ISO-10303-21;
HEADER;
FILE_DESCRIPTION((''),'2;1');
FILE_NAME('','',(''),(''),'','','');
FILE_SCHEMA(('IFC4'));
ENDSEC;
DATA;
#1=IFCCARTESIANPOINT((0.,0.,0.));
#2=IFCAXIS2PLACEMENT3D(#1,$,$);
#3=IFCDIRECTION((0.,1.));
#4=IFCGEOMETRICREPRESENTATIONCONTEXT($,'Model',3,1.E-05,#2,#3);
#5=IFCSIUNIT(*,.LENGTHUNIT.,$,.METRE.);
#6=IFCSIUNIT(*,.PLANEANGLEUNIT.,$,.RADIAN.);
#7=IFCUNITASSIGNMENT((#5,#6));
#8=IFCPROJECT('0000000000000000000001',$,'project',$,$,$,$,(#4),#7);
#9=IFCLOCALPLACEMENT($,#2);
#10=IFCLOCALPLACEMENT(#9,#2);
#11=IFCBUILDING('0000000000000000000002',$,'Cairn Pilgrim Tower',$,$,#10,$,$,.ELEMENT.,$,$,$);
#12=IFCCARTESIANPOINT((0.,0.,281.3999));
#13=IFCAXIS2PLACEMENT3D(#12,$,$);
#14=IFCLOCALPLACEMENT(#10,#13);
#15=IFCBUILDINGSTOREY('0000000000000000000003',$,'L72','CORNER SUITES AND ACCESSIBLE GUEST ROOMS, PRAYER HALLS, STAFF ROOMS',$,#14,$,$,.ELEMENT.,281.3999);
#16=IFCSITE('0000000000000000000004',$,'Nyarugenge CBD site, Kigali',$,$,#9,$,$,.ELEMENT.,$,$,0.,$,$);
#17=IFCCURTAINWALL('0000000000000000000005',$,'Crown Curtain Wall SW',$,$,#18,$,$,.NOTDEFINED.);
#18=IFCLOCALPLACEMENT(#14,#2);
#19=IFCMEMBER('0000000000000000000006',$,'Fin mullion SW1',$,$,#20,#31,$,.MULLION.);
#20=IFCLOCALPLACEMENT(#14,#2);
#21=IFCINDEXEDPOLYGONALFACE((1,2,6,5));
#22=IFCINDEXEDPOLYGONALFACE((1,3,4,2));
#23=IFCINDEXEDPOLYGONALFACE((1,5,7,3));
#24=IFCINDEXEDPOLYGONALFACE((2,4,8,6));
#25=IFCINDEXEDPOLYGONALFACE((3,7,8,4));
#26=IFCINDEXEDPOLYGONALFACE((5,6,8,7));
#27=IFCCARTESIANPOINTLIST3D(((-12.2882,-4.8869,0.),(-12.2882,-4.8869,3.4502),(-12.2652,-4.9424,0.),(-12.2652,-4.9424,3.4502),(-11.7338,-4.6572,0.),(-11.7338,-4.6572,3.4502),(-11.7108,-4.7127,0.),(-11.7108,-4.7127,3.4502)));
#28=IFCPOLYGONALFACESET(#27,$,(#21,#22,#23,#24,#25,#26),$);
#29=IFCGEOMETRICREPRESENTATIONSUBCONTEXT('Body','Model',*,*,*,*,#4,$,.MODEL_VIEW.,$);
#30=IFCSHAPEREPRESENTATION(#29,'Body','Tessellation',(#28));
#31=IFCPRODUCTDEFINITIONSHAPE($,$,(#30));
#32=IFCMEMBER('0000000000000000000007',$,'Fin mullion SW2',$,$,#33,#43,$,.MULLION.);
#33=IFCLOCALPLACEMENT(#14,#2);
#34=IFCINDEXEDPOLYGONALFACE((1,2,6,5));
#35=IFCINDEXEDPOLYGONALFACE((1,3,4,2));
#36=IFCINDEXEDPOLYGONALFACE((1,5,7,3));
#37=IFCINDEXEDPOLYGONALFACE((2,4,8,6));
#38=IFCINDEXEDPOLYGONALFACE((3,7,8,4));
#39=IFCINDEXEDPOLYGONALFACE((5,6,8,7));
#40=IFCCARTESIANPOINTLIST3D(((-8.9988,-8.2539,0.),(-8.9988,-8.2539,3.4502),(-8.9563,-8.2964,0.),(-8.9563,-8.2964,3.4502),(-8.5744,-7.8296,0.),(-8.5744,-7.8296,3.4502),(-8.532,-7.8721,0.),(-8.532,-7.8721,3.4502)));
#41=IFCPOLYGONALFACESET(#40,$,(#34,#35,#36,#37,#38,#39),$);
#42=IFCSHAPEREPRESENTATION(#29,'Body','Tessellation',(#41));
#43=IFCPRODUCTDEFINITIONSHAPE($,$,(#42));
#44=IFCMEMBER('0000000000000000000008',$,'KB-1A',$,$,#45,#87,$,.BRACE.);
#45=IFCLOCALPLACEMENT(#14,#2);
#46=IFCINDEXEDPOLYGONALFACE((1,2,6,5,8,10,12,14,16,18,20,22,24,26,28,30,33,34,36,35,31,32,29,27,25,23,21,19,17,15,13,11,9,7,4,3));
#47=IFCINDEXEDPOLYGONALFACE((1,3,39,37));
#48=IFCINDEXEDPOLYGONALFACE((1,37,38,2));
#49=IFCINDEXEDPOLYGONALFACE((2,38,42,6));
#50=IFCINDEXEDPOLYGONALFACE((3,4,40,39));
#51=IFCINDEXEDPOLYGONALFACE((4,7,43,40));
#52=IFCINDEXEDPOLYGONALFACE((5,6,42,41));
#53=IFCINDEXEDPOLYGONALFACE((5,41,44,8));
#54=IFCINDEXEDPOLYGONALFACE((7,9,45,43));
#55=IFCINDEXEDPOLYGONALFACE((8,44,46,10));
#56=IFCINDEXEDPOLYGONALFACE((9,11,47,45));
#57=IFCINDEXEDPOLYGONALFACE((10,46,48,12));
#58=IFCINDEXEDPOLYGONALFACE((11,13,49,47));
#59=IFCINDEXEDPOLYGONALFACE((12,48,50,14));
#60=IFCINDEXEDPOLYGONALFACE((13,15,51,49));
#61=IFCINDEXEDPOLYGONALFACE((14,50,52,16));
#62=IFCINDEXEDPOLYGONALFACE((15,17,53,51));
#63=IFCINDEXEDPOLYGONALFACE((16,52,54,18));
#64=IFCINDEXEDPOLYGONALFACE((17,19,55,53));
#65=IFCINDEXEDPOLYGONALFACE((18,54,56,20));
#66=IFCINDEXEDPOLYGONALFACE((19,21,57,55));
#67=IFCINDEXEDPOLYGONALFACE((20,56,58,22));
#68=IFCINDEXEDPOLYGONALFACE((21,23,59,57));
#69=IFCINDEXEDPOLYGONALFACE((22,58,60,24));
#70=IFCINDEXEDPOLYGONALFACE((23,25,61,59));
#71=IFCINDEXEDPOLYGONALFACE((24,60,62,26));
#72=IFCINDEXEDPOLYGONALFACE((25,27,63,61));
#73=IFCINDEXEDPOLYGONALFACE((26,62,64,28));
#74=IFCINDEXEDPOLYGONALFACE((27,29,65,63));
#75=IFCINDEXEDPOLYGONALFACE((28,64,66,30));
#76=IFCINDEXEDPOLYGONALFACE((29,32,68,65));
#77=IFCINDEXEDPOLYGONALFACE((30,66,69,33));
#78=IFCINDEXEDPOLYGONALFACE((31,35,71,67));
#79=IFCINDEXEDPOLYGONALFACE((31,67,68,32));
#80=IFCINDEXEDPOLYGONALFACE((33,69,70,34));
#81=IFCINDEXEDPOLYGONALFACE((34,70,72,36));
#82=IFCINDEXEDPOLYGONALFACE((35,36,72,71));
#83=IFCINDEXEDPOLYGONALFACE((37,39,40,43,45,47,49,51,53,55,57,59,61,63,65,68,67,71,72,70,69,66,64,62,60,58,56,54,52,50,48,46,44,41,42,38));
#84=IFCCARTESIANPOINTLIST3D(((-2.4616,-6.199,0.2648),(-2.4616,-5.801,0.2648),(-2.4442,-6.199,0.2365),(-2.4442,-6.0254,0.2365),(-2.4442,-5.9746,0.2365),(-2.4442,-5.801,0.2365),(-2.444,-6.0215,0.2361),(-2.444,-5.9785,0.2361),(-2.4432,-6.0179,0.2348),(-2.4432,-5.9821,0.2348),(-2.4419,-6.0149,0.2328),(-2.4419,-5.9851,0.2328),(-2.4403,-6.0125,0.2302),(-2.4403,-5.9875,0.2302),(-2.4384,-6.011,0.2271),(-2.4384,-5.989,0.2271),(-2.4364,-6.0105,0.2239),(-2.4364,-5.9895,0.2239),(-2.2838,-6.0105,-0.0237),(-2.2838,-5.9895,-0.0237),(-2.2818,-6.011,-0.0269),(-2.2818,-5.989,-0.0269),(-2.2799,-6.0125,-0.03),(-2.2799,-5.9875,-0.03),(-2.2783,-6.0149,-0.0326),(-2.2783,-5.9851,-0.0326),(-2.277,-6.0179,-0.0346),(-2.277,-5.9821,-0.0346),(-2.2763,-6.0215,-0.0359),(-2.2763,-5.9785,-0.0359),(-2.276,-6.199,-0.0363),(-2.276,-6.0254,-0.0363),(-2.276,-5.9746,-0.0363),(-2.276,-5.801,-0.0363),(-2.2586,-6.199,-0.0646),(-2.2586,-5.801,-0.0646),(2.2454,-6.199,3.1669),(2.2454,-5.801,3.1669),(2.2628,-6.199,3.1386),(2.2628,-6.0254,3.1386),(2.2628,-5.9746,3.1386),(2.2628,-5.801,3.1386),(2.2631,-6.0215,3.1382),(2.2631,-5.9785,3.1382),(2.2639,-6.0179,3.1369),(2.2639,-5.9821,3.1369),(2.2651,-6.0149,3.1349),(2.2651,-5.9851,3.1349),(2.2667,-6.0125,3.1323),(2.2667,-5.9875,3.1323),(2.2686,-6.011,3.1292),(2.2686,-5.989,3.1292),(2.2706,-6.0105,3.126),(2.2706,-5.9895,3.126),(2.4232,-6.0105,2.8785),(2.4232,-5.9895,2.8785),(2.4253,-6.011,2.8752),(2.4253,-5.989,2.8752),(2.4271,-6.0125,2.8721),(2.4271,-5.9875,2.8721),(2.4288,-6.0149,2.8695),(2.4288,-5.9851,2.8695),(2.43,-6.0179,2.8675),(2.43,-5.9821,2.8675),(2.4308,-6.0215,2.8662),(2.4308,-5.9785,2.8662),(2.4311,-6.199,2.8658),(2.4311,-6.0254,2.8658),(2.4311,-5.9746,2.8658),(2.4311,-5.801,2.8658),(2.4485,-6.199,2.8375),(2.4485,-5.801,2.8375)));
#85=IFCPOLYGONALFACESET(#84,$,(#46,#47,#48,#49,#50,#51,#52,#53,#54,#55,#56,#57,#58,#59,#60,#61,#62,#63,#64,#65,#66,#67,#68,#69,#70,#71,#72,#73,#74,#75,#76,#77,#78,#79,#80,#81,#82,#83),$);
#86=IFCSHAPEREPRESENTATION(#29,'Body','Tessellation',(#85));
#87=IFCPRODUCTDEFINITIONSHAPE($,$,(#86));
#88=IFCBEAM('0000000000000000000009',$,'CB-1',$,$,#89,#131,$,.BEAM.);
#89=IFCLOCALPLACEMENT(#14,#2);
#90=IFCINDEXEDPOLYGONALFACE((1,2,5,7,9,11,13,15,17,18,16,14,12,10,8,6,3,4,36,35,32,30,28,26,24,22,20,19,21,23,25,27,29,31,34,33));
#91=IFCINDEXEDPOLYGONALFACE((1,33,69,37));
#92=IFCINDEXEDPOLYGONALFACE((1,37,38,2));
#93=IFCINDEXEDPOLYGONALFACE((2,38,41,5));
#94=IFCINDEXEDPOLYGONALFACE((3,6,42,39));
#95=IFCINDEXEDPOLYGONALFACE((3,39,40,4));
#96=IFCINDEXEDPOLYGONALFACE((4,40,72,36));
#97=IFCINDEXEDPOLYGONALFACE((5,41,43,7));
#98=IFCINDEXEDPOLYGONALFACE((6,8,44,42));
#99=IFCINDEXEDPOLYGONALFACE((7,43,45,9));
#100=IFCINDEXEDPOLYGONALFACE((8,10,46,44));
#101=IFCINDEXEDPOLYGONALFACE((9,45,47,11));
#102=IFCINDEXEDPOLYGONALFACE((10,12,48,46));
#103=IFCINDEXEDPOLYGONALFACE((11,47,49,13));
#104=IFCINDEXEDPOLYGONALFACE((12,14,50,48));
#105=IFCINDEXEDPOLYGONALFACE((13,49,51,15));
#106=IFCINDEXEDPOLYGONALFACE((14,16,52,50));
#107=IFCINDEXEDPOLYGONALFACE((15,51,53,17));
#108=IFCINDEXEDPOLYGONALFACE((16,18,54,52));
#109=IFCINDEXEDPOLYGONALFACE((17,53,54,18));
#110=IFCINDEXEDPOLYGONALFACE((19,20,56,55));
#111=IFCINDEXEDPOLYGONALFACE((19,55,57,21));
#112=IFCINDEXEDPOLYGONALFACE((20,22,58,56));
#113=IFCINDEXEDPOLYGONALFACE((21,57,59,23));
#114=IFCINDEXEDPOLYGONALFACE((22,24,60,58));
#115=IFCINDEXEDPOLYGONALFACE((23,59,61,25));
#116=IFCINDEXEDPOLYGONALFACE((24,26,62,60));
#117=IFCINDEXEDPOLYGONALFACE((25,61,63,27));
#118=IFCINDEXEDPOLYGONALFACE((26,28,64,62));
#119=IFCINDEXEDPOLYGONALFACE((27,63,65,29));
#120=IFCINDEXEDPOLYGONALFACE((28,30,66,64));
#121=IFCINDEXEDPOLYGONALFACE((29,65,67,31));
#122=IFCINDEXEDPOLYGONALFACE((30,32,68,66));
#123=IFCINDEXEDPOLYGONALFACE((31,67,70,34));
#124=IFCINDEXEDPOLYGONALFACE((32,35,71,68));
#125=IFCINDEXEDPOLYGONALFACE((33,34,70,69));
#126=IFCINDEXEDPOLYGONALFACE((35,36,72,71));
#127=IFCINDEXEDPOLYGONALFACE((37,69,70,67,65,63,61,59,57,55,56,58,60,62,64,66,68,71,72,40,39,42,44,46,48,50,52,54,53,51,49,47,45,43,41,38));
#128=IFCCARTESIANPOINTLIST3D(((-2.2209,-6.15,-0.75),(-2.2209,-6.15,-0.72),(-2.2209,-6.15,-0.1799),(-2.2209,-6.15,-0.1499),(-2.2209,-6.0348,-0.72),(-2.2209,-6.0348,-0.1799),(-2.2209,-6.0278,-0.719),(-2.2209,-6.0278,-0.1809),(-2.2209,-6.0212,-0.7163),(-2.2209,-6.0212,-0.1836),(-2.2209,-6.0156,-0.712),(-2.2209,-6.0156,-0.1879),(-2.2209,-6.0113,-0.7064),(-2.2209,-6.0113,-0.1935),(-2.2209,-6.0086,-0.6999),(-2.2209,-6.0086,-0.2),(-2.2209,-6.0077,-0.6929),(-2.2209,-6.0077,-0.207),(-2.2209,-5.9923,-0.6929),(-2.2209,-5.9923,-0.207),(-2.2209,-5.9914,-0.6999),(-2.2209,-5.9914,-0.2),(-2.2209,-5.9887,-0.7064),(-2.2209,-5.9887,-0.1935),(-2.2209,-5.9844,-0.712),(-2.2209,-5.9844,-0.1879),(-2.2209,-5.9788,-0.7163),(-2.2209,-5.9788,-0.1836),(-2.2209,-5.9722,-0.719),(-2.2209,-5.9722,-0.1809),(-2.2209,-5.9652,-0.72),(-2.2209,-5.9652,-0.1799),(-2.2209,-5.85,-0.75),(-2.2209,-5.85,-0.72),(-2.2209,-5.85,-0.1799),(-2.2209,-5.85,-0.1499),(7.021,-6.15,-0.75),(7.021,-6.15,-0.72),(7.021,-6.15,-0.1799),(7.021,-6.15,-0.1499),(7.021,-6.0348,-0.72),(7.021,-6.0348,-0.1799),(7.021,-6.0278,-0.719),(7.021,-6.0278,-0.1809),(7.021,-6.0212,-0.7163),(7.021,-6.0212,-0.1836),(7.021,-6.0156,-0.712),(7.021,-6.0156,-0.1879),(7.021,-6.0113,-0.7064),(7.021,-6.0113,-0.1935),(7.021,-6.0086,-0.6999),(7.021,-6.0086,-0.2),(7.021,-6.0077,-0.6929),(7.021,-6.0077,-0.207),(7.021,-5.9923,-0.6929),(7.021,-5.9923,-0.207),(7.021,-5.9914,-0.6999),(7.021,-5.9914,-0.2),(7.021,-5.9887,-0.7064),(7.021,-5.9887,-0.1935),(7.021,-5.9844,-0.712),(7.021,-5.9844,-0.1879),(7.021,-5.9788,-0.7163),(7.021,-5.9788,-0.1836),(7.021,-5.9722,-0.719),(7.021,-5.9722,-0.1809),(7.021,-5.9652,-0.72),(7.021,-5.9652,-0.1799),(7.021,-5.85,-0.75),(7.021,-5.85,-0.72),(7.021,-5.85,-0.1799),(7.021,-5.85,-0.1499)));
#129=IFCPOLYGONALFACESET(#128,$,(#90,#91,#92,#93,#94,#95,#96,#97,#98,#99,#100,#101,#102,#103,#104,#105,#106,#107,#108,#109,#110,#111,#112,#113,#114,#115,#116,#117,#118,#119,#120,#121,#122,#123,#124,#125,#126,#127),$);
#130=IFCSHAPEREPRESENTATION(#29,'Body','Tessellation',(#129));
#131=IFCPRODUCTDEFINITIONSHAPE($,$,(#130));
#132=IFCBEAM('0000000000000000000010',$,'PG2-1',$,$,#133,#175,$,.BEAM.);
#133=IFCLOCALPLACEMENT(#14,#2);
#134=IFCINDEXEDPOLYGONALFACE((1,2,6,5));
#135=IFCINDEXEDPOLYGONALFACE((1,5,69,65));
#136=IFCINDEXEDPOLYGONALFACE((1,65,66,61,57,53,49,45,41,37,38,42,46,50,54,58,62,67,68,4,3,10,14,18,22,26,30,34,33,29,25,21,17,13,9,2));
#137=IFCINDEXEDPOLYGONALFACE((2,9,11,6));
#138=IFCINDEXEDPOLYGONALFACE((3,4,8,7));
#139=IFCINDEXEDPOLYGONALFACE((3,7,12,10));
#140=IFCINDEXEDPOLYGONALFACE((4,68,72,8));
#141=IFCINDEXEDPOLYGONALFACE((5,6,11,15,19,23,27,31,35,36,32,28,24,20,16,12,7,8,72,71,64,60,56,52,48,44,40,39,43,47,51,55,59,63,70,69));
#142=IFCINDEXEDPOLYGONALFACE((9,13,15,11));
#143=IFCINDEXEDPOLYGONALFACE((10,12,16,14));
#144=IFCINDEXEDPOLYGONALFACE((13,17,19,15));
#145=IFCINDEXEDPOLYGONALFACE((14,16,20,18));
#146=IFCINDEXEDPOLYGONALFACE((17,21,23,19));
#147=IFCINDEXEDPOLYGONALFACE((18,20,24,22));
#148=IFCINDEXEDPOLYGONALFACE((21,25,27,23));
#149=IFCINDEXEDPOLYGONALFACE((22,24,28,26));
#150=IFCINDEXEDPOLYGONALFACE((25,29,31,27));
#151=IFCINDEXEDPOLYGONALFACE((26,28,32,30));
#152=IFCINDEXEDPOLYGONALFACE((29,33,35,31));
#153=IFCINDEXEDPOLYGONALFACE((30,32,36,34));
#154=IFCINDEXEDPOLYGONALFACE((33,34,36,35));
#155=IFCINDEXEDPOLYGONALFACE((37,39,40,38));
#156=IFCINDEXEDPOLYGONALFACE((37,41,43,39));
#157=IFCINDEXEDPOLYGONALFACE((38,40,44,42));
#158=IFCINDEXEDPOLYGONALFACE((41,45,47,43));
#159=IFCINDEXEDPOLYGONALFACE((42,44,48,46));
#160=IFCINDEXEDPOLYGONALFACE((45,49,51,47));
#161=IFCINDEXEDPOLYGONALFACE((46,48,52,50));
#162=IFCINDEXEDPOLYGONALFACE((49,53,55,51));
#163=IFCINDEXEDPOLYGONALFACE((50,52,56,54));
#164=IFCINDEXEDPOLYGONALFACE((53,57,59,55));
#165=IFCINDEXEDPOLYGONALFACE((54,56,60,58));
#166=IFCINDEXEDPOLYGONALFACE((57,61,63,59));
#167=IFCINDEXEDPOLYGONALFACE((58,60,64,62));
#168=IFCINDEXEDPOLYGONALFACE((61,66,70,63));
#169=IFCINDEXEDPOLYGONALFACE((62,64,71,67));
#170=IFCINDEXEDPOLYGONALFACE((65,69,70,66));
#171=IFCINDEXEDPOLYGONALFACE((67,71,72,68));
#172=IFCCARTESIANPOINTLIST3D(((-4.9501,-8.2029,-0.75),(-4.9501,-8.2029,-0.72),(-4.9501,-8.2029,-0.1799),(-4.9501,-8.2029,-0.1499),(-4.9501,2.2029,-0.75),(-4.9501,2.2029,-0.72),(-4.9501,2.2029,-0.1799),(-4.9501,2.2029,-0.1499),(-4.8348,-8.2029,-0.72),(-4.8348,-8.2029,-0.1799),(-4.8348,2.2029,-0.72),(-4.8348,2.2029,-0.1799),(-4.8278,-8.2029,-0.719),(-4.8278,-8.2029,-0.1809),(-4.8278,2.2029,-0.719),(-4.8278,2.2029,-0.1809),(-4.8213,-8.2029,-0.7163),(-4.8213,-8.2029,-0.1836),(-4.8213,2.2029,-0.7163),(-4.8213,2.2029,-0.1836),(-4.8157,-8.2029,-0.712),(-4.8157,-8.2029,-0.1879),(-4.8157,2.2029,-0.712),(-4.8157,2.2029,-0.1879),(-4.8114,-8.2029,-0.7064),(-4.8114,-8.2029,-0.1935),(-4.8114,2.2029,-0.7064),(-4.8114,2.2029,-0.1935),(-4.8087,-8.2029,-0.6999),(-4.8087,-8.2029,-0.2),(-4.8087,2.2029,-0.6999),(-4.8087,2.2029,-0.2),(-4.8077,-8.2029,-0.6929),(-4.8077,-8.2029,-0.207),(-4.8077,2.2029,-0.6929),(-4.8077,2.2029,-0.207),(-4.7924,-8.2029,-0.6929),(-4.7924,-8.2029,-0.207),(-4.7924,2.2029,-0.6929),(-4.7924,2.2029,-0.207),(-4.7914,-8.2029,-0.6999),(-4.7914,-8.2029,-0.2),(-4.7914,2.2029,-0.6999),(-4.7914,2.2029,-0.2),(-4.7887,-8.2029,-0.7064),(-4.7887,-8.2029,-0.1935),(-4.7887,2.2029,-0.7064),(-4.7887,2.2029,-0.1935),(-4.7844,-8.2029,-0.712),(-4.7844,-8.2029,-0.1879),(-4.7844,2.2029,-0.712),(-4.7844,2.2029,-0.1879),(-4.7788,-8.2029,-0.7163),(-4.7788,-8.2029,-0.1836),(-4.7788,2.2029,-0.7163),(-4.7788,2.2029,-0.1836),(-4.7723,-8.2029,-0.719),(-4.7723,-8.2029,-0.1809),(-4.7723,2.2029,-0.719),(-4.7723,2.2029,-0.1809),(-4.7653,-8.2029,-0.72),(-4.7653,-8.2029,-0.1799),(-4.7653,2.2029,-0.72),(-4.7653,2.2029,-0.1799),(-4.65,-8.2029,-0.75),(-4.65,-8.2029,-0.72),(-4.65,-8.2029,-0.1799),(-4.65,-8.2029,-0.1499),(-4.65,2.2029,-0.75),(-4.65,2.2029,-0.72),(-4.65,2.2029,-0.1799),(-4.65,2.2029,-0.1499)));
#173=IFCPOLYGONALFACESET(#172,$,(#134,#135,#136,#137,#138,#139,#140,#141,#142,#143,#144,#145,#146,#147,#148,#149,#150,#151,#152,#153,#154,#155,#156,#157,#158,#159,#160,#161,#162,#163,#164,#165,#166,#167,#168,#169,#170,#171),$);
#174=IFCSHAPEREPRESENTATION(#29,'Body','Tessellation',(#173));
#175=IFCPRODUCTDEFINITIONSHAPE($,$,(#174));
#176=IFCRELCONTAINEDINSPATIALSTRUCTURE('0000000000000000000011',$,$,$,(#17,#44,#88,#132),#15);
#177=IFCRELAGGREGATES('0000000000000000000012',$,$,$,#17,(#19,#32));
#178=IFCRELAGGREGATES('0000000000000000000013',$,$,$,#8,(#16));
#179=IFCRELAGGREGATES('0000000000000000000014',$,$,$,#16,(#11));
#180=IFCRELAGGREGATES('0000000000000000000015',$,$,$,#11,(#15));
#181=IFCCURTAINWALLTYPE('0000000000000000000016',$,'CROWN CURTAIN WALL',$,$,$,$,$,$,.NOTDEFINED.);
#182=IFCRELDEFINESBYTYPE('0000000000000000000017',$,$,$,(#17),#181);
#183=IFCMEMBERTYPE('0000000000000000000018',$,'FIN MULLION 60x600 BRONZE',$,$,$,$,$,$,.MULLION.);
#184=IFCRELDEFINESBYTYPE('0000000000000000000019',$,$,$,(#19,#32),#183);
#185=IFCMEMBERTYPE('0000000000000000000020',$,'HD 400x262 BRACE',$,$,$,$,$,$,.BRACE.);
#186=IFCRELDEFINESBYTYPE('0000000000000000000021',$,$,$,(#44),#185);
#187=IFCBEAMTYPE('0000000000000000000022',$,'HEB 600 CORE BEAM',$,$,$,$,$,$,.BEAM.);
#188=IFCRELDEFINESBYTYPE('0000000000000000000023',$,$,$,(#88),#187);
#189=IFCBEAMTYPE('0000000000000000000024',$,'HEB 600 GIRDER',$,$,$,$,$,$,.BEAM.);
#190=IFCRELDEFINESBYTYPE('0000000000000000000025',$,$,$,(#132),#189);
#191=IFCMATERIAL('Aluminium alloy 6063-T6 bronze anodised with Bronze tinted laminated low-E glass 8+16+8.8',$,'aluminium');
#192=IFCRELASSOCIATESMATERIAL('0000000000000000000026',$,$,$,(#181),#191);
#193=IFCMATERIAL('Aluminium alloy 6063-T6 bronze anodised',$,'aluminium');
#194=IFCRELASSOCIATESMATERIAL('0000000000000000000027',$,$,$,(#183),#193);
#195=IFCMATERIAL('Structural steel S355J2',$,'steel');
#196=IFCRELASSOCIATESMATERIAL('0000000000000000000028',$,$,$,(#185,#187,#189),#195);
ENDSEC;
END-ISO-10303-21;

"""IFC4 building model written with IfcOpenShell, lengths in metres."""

from ifc_helpers import new_model, si_unit, direction, frame, origin, origin_2d, place, context, subcontext, project, spatial, rectangle, i_section, extrude, material, material_profile, profile_set, type_object, element, aggregate, save


model = new_model("IFC4")

# Units and contexts
model_context = context("Model", 3, precision=1e-05, world=origin(), true_north=direction((0.0, 1.0)))
body_context = subcontext(model_context, "Body", "Model", "MODEL_VIEW")
ifc_project = project(units=[si_unit("LENGTHUNIT", "METRE"), si_unit("PLANEANGLEUNIT", "RADIAN")], contexts=[model_context])

# Site, building, storey
site_placement = place(None, origin())
site = spatial("IfcSite", under=ifc_project, at=site_placement, Name="Nyarugenge CBD site, Kigali", CompositionType="ELEMENT", RefElevation=0.0)
building_placement = place(site_placement, origin())
building = spatial("IfcBuilding", under=site, at=building_placement, Name="Cairn Pilgrim Tower", CompositionType="ELEMENT")
storey_placement = place(building_placement, frame((0.0, 0.0, 281.3999)))
storey = spatial("IfcBuildingStorey", under=building, at=storey_placement, Name="L72", Description="CORNER SUITES AND ACCESSIBLE GUEST ROOMS, PRAYER HALLS, STAFF ROOMS", CompositionType="ELEMENT", Elevation=281.3999)

# Shared definitions
ifc_material_1 = material(Name="Structural steel S355J2", Category="steel")

# Shared definitions
ifc_material_2 = material(Name="Aluminium alloy 6063-T6 bronze anodised with Bronze tinted laminated low-E glass 8+16+8.8", Category="aluminium")
curtain_wall_type = type_object("IfcCurtainWallType", Name="CROWN CURTAIN WALL", PredefinedType="NOTDEFINED", material=ifc_material_2)
ifc_material_3 = material(Name="Aluminium alloy 6063-T6 bronze anodised", Category="aluminium")
ifc_material_profile_1 = material_profile(ifc_material_3, rectangle(XDim=0.6001, YDim=0.0601, at=origin_2d()), Name="FIN MULLION 60x600 BRONZE")
ifc_profile_set_1 = profile_set([ifc_material_profile_1], Name="Aluminium alloy 6063-T6 bronze anodised")
member_type_1 = type_object("IfcMemberType", Name="FIN MULLION 60x600 BRONZE", PredefinedType="MULLION", material=ifc_profile_set_1)

# Curtain wall, members
curtain_wall_1_placement = place(storey_placement, origin())
curtain_wall_1 = element("IfcCurtainWall", 1, at=curtain_wall_1_placement, inside=storey, type_object=curtain_wall_type, Name="Crown Curtain Wall SW", PredefinedType="NOTDEFINED")
member_1_placement = place(storey_placement, frame((-11.9995, -4.7998, 0.0), z_axis=(0.0, 0.0, 1.0), x_axis=(-0.92388, -0.382683, 0.0)))
member_1 = element("IfcMember", 2, at=member_1_placement, type_object=member_type_1, Name="Fin mullion SW1", PredefinedType="MULLION", context=body_context, shape_type="SweptSolid", body=[
    extrude(rectangle(XDim=0.6001, YDim=0.0601, at=origin_2d()), origin(), (0.0, 0.0, 1.0), 3.4502),
])
member_2_placement = place(storey_placement, frame((-8.7654, -8.063, 0.0), z_axis=(0.0, 0.0, 1.0), x_axis=(-0.707107, -0.707107, 0.0)))
member_2 = element("IfcMember", 3, at=member_2_placement, type_object=member_type_1, Name="Fin mullion SW2", PredefinedType="MULLION", context=body_context, shape_type="SweptSolid", body=[
    extrude(rectangle(XDim=0.6001, YDim=0.0601, at=origin_2d()), origin(), (0.0, 0.0, 1.0), 3.4502),
])

# Member
ifc_material_profile_2 = material_profile(ifc_material_1, i_section(OverallWidth=0.3979, OverallDepth=0.387, WebThickness=0.021, FlangeThickness=0.0332, FilletRadius=0.0149, at=origin_2d()), Name="HD 400x262")
ifc_profile_set_2 = profile_set([ifc_material_profile_2], Name="Structural steel S355J2")
member_type_2 = type_object("IfcMemberType", Name="HD 400x262 BRACE", PredefinedType="BRACE", material=ifc_profile_set_2)
member_3_placement = place(storey_placement, frame((-2.3601, -6.0, 0.1001), z_axis=(0.851217, 0.0, 0.524814), x_axis=(0.0, 1.0, 0.0)))
element("IfcMember", 4, at=member_3_placement, inside=storey, type_object=member_type_2, Name="KB-1A", PredefinedType="BRACE", context=body_context, shape_type="SweptSolid", body=[
    extrude(i_section(OverallWidth=0.3979, OverallDepth=0.387, WebThickness=0.021, FlangeThickness=0.0332, FilletRadius=0.0149, at=origin_2d()), origin(), (0.0, 0.0, 1.0), 5.5298),
])

# Beams
ifc_material_profile_3 = material_profile(ifc_material_1, i_section(OverallWidth=0.3, OverallDepth=0.6001, WebThickness=0.0154, FlangeThickness=0.03, FilletRadius=0.0271, at=origin_2d()), Name="HEB 600")
ifc_profile_set_3 = profile_set([ifc_material_profile_3], Name="Structural steel S355J2")
beam_type_1 = type_object("IfcBeamType", Name="HEB 600 CORE BEAM", PredefinedType="BEAM", material=ifc_profile_set_3)
beam_1_placement = place(storey_placement, frame((-2.2209, -6.0, -0.45), z_axis=(1.0, 0.0, 0.0), x_axis=(0.0, 1.0, 0.0)))
element("IfcBeam", 5, at=beam_1_placement, inside=storey, type_object=beam_type_1, Name="CB-1", PredefinedType="BEAM", context=body_context, shape_type="SweptSolid", body=[
    extrude(i_section(OverallWidth=0.3, OverallDepth=0.6001, WebThickness=0.0154, FlangeThickness=0.03, FilletRadius=0.0271, at=origin_2d()), origin(), (0.0, 0.0, 1.0), 9.2419),
])
ifc_material_profile_4 = material_profile(ifc_material_1, i_section(OverallWidth=0.3, OverallDepth=0.6001, WebThickness=0.0154, FlangeThickness=0.03, FilletRadius=0.0271, at=origin_2d()), Name="HEB 600")
ifc_profile_set_4 = profile_set([ifc_material_profile_4], Name="Structural steel S355J2")
beam_type_2 = type_object("IfcBeamType", Name="HEB 600 GIRDER", PredefinedType="BEAM", material=ifc_profile_set_4)
beam_2_placement = place(storey_placement, frame((-4.8, -8.2029, -0.45), z_axis=(0.0, 1.0, 0.0), x_axis=(-1.0, 0.0, 0.0)))
element("IfcBeam", 6, at=beam_2_placement, inside=storey, type_object=beam_type_2, Name="PG2-1", PredefinedType="BEAM", context=body_context, shape_type="SweptSolid", body=[
    extrude(i_section(OverallWidth=0.3, OverallDepth=0.6001, WebThickness=0.0154, FlangeThickness=0.03, FilletRadius=0.0271, at=origin_2d()), origin(), (0.0, 0.0, 1.0), 10.4058),
])

aggregate(curtain_wall_1, [member_1, member_2])

save(model, "model.ifc")
